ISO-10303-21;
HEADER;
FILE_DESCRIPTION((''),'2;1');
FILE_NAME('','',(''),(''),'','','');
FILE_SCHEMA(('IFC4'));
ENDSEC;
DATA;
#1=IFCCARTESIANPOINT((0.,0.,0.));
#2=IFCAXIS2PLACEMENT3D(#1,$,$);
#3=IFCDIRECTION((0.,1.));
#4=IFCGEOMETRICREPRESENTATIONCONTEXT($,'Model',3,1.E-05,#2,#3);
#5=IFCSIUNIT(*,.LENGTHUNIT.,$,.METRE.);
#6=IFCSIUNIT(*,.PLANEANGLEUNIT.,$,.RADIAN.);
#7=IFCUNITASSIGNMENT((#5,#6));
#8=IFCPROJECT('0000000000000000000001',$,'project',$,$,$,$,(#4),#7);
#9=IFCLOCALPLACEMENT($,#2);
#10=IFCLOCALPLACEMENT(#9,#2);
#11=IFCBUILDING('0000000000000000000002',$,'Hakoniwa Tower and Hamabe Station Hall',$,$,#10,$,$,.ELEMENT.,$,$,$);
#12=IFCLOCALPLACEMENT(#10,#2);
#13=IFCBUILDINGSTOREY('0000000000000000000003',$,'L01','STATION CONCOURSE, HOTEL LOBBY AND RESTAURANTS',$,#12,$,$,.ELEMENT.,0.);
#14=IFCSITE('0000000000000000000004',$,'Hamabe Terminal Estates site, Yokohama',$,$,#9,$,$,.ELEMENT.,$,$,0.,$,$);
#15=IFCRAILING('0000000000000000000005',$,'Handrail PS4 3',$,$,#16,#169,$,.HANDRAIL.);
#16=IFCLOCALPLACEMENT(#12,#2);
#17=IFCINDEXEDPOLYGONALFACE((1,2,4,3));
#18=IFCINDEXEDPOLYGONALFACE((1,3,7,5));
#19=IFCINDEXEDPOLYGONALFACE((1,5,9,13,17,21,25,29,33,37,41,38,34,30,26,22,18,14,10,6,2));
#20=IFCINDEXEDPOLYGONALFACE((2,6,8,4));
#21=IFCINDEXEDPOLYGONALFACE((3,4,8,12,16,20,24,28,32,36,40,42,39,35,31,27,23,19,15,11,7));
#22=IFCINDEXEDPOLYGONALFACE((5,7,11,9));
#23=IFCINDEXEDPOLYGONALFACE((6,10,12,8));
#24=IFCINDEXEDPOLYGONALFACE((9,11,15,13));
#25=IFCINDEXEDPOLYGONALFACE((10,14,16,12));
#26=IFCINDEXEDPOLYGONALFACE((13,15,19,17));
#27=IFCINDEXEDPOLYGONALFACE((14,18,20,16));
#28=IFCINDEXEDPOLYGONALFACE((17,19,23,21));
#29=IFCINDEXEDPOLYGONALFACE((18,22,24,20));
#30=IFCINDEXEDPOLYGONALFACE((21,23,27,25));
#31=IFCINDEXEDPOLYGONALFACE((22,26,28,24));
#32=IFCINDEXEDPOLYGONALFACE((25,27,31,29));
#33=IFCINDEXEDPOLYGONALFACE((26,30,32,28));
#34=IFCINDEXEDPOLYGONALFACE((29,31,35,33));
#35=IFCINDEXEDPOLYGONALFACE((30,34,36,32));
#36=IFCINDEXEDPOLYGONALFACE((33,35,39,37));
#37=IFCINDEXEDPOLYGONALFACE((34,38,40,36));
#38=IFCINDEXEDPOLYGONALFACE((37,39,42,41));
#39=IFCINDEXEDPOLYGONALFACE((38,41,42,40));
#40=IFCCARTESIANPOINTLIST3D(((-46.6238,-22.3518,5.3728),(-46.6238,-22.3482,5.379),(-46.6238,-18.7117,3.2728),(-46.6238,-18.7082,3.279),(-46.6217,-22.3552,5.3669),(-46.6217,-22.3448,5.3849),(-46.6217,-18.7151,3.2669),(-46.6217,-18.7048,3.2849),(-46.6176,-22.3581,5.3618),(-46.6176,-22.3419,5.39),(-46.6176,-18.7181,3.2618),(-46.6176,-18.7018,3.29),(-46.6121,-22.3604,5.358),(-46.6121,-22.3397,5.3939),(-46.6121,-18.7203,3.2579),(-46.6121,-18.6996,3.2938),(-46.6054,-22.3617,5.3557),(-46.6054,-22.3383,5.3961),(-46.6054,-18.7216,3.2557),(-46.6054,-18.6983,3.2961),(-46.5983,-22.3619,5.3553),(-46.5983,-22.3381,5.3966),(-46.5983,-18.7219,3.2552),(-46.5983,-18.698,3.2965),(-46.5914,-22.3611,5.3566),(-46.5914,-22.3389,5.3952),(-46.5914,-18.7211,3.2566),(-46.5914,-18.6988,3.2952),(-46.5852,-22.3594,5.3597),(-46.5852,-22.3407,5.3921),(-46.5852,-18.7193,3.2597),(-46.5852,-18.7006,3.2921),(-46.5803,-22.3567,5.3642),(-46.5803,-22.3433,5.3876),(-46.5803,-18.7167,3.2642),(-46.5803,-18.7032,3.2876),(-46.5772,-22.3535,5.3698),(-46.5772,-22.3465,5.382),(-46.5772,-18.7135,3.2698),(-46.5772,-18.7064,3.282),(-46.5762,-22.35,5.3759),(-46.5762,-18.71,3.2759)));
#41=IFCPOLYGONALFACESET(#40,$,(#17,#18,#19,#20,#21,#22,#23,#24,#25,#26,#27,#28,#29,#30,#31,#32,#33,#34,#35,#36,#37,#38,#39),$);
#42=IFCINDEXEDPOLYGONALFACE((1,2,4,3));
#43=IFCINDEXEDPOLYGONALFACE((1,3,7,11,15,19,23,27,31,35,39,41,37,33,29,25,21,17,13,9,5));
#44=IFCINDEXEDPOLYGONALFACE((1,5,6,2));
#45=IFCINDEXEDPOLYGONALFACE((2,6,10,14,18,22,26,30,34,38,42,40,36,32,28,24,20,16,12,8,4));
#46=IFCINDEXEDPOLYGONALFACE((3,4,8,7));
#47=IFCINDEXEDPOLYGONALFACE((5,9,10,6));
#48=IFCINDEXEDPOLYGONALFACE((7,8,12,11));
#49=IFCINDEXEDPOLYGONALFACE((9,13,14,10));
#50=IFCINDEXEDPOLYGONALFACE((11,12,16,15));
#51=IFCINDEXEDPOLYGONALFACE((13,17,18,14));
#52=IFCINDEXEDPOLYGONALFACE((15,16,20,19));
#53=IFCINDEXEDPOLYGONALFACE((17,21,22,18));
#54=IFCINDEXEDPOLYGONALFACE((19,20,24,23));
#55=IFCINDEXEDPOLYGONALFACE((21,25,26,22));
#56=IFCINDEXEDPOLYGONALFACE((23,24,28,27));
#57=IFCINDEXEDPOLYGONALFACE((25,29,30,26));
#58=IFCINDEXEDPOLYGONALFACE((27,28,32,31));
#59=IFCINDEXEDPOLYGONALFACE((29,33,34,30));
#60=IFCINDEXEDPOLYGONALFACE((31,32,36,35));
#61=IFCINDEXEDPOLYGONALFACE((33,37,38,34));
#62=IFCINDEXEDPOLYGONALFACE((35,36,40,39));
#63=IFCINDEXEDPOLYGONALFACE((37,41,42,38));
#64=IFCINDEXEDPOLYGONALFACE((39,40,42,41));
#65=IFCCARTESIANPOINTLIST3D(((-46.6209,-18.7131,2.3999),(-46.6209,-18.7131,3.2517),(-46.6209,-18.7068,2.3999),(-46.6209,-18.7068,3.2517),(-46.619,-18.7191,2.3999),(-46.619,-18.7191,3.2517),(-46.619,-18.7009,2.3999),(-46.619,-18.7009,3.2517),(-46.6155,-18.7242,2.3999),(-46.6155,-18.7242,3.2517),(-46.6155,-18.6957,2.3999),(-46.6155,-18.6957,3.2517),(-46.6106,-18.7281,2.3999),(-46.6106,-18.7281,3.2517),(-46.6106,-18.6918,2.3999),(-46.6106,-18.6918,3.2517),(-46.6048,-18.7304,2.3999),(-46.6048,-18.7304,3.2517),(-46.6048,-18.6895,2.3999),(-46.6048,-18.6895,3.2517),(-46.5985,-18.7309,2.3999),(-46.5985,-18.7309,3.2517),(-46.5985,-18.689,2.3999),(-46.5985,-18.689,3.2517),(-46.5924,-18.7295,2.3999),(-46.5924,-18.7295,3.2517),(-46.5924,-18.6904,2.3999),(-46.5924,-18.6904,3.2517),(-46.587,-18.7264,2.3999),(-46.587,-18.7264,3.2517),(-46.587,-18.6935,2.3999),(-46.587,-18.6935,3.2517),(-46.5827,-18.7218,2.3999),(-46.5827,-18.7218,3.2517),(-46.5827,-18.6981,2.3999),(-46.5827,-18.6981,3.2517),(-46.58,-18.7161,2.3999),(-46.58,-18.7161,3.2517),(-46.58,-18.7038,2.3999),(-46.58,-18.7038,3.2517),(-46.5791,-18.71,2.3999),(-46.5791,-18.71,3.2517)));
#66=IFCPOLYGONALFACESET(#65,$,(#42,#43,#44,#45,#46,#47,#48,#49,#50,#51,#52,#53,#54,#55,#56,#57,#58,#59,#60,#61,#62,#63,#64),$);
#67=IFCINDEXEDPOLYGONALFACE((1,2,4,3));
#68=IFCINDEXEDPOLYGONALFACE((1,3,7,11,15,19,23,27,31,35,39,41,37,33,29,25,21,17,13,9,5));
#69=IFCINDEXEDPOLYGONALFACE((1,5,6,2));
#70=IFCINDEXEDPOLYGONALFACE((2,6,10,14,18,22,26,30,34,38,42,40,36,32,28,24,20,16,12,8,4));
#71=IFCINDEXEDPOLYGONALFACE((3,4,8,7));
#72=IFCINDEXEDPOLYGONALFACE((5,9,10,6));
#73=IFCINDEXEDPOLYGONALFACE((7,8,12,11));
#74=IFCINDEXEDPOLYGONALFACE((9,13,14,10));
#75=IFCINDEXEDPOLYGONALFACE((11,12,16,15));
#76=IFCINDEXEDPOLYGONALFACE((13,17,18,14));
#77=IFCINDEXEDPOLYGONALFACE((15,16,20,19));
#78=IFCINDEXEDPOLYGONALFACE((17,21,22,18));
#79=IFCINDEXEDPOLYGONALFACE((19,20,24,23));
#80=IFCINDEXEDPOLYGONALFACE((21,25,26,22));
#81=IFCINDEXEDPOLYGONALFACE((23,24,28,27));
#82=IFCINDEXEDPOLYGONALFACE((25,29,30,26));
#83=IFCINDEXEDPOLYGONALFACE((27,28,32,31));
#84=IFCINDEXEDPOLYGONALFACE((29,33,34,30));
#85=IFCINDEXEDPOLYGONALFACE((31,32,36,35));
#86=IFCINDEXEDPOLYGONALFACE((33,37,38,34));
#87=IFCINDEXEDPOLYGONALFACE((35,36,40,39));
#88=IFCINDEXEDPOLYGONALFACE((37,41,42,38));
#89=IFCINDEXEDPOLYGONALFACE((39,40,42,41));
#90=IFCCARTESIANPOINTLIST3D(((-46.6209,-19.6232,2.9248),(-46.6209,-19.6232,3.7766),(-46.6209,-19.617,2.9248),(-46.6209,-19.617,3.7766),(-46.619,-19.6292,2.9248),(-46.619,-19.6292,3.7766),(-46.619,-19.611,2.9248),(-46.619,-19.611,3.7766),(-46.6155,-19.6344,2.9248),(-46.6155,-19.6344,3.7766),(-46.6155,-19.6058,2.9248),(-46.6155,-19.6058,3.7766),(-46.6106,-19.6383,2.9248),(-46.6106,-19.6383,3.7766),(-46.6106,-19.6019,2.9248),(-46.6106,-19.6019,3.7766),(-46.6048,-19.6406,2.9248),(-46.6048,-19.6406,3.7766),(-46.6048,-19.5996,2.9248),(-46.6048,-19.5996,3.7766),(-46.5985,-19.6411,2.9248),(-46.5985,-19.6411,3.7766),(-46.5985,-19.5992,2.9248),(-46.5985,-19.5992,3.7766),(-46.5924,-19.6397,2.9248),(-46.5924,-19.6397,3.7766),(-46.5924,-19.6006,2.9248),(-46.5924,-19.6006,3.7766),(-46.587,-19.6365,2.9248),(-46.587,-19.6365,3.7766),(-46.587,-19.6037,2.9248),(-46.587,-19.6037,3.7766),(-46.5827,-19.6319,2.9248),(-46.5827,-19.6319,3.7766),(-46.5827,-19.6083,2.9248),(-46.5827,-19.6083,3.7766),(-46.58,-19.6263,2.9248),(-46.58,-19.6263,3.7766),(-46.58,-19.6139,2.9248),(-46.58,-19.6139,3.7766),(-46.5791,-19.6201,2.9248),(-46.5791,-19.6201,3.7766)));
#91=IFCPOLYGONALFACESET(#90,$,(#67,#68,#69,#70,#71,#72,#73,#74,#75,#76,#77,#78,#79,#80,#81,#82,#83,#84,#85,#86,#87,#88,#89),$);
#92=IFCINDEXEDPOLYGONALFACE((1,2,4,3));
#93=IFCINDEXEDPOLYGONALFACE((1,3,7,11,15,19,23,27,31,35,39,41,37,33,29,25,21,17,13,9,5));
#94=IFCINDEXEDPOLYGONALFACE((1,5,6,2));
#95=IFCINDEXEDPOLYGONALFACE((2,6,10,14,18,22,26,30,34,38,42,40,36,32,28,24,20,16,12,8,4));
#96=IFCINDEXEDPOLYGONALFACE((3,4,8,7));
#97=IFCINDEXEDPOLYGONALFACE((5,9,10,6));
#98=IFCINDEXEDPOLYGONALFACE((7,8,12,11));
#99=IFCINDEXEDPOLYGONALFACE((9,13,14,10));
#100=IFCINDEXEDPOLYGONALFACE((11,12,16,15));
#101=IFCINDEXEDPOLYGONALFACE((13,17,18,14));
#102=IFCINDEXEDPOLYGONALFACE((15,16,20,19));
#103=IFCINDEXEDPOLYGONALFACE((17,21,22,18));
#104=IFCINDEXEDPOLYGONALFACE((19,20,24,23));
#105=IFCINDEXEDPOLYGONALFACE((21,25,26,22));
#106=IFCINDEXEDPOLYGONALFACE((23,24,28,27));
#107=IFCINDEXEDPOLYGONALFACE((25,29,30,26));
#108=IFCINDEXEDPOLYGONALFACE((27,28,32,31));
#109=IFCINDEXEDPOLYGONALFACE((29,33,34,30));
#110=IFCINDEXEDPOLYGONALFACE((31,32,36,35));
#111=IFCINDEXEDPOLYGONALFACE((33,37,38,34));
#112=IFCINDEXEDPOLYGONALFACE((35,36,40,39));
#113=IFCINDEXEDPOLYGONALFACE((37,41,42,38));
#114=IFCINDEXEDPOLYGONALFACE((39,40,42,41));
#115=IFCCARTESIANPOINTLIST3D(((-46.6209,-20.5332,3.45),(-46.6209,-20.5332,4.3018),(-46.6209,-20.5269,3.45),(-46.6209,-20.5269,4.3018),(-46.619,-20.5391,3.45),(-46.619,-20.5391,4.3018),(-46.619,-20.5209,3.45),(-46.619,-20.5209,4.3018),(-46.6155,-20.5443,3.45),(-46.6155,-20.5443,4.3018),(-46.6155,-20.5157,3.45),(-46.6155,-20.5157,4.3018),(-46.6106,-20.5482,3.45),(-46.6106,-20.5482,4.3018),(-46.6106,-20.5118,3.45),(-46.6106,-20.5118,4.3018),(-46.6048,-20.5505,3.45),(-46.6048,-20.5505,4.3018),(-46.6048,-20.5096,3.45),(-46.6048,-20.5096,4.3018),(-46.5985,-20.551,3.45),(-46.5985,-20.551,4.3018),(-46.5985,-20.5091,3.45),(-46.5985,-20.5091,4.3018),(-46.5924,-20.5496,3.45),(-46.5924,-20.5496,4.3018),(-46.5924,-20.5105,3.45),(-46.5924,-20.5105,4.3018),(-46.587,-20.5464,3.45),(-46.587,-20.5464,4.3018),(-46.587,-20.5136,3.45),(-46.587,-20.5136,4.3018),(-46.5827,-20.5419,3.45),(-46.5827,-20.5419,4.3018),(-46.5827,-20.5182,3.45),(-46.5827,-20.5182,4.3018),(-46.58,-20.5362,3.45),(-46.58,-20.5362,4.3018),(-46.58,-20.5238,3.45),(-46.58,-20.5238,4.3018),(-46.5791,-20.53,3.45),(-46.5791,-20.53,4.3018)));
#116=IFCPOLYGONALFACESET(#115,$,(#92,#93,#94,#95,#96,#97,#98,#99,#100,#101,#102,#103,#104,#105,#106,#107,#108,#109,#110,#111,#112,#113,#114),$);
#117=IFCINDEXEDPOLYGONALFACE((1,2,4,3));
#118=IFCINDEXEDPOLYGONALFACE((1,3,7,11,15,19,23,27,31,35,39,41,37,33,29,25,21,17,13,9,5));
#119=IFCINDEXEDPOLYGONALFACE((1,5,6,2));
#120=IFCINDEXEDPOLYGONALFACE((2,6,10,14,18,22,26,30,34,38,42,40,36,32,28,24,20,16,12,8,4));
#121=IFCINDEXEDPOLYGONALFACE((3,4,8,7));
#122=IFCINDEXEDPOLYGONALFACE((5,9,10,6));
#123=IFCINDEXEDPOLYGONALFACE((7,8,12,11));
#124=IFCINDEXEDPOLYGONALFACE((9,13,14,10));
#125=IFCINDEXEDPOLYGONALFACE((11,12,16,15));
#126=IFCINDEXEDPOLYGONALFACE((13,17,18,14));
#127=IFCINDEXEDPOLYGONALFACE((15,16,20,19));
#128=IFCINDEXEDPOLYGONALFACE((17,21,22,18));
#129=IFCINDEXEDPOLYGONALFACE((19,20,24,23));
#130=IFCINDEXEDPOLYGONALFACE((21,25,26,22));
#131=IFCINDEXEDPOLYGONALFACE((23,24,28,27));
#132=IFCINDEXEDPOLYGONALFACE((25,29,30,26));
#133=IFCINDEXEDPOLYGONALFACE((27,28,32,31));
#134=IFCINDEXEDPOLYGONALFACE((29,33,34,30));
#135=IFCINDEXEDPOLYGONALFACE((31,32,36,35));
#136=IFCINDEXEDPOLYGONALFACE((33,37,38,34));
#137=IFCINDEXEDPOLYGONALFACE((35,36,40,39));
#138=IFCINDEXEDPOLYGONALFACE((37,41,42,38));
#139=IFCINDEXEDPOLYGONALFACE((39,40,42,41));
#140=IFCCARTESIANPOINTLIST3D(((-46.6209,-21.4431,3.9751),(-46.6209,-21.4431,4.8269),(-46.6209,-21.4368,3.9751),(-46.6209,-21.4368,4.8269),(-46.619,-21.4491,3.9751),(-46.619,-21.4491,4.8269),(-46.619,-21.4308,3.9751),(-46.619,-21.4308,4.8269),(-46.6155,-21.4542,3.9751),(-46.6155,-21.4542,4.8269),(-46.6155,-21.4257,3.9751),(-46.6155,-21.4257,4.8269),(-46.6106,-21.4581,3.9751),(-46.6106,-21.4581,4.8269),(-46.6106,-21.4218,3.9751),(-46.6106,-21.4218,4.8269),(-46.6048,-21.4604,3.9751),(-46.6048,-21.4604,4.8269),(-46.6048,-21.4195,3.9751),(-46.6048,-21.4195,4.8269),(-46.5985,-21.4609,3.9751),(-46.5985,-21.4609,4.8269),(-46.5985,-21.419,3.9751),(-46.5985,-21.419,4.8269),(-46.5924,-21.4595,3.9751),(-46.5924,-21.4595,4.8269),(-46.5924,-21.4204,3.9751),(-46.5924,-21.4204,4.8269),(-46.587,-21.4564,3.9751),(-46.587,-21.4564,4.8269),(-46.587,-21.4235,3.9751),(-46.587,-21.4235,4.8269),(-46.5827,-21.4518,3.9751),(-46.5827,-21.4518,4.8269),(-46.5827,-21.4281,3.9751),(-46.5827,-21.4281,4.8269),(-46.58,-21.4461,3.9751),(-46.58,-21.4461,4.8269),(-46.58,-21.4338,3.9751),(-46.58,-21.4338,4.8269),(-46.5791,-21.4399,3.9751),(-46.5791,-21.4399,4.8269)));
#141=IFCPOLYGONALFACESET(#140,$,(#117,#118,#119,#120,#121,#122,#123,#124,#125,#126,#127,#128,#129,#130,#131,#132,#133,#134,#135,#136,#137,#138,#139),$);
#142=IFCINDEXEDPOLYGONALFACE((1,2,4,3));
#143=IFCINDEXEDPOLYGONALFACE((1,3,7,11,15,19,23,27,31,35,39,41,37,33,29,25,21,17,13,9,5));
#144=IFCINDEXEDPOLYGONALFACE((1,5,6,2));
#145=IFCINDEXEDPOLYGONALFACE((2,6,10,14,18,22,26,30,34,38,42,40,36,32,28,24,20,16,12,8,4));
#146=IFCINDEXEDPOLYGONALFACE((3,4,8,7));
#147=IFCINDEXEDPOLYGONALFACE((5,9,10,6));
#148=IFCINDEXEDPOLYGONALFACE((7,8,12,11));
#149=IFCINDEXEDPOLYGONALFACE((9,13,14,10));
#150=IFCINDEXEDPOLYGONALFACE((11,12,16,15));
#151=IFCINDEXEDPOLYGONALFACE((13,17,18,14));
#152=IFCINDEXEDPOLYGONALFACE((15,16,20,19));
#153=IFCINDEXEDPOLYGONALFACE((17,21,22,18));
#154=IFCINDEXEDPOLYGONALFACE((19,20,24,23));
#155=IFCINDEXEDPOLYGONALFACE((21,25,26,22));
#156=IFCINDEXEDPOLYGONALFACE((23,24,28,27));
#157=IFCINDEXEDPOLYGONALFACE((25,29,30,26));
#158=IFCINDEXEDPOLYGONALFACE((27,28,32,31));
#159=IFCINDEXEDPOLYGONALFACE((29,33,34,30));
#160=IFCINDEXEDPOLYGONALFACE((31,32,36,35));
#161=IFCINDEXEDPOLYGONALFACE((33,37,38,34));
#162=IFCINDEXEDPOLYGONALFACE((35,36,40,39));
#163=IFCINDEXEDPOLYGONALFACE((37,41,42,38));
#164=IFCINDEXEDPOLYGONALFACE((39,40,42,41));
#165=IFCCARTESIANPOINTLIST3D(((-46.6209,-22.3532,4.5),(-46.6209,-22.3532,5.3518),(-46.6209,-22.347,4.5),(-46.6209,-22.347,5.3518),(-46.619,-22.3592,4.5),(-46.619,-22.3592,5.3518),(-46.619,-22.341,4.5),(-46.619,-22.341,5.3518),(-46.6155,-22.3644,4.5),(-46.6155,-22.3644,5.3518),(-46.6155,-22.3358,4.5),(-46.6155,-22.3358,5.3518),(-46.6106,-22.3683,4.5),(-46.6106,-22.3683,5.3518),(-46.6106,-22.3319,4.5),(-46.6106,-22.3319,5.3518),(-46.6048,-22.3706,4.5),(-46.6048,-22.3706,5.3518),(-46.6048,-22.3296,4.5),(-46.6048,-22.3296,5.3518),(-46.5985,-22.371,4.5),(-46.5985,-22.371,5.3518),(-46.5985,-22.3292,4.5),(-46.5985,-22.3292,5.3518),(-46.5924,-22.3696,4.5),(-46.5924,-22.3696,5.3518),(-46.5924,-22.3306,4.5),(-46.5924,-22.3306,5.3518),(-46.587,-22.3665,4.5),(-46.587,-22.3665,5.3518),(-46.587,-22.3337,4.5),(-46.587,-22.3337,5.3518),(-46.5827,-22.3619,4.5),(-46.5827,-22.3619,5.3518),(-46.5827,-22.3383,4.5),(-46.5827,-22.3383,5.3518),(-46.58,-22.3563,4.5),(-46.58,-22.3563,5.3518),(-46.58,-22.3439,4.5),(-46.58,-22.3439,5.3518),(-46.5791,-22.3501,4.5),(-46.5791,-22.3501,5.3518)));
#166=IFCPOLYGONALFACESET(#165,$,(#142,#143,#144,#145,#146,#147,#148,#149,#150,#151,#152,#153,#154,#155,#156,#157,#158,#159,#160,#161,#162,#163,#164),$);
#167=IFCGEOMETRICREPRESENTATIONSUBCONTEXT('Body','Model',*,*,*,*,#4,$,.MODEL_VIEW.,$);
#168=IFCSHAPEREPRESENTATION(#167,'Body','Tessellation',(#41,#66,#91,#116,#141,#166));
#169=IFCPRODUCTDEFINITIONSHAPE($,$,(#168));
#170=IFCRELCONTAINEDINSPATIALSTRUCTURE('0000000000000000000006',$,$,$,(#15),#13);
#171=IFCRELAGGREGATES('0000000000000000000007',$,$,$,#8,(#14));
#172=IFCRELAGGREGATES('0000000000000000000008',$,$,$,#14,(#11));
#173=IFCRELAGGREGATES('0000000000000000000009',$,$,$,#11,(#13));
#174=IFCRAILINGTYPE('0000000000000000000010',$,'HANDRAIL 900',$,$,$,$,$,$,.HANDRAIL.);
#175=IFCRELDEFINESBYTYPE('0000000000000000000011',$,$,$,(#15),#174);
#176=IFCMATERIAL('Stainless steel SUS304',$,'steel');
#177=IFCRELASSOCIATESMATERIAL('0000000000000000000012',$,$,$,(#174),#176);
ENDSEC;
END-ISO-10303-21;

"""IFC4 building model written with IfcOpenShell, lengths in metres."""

from ifc_helpers import new_model, si_unit, direction, frame, origin, origin_2d, place, context, subcontext, project, spatial, circle, extrude, material, type_object, element, save


model = new_model("IFC4")

# Units and contexts
model_context = context("Model", 3, precision=1e-05, world=origin(), true_north=direction((0.0, 1.0)))
body_context = subcontext(model_context, "Body", "Model", "MODEL_VIEW")
ifc_project = project(units=[si_unit("LENGTHUNIT", "METRE"), si_unit("PLANEANGLEUNIT", "RADIAN")], contexts=[model_context])

# Site, building, storey
site_placement = place(None, origin())
site = spatial("IfcSite", under=ifc_project, at=site_placement, Name="Hamabe Terminal Estates site, Yokohama", CompositionType="ELEMENT", RefElevation=0.0)
building_placement = place(site_placement, origin())
building = spatial("IfcBuilding", under=site, at=building_placement, Name="Hakoniwa Tower and Hamabe Station Hall", CompositionType="ELEMENT")
storey_placement = place(building_placement, origin())
storey = spatial("IfcBuildingStorey", under=building, at=storey_placement, Name="L01", Description="STATION CONCOURSE, HOTEL LOBBY AND RESTAURANTS", CompositionType="ELEMENT", Elevation=0.0)

# Railing
ifc_material_1 = material(Name="Stainless steel SUS304", Category="steel")
railing_type = type_object("IfcRailingType", Name="HANDRAIL 900", PredefinedType="HANDRAIL", material=ifc_material_1)
for number, where, name in (
    (1, (-46.6001, -18.71, 2.3999), "Handrail PS4 3"),
):
    element("IfcRailing", number, at=place(storey_placement, frame(where)), inside=storey, type_object=railing_type, Name=name, PredefinedType="HANDRAIL", context=body_context, shape_type="SweptSolid", body=[
        extrude(circle(Radius=0.0239, at=origin_2d()), frame((0.0, 0.0, 0.876), z_axis=(0.0, -0.866184, 0.499726), x_axis=(1.0, 0.0, 0.0)), (0.0, 0.0, 1.0), 4.2024),
        extrude(circle(Radius=0.021, at=origin_2d()), origin(), (0.0, 0.0, 1.0), 0.8518),
        extrude(circle(Radius=0.021, at=origin_2d()), frame((0.0, -0.9102, 0.5249)), (0.0, 0.0, 1.0), 0.8518),
        extrude(circle(Radius=0.021, at=origin_2d()), frame((0.0, -1.8201, 1.05)), (0.0, 0.0, 1.0), 0.8518),
        extrude(circle(Radius=0.021, at=origin_2d()), frame((0.0, -2.73, 1.5752)), (0.0, 0.0, 1.0), 0.8518),
        extrude(circle(Radius=0.021, at=origin_2d()), frame((0.0, -3.6401, 2.1001)), (0.0, 0.0, 1.0), 0.8518),
    ])

save(model, "model.ifc")
